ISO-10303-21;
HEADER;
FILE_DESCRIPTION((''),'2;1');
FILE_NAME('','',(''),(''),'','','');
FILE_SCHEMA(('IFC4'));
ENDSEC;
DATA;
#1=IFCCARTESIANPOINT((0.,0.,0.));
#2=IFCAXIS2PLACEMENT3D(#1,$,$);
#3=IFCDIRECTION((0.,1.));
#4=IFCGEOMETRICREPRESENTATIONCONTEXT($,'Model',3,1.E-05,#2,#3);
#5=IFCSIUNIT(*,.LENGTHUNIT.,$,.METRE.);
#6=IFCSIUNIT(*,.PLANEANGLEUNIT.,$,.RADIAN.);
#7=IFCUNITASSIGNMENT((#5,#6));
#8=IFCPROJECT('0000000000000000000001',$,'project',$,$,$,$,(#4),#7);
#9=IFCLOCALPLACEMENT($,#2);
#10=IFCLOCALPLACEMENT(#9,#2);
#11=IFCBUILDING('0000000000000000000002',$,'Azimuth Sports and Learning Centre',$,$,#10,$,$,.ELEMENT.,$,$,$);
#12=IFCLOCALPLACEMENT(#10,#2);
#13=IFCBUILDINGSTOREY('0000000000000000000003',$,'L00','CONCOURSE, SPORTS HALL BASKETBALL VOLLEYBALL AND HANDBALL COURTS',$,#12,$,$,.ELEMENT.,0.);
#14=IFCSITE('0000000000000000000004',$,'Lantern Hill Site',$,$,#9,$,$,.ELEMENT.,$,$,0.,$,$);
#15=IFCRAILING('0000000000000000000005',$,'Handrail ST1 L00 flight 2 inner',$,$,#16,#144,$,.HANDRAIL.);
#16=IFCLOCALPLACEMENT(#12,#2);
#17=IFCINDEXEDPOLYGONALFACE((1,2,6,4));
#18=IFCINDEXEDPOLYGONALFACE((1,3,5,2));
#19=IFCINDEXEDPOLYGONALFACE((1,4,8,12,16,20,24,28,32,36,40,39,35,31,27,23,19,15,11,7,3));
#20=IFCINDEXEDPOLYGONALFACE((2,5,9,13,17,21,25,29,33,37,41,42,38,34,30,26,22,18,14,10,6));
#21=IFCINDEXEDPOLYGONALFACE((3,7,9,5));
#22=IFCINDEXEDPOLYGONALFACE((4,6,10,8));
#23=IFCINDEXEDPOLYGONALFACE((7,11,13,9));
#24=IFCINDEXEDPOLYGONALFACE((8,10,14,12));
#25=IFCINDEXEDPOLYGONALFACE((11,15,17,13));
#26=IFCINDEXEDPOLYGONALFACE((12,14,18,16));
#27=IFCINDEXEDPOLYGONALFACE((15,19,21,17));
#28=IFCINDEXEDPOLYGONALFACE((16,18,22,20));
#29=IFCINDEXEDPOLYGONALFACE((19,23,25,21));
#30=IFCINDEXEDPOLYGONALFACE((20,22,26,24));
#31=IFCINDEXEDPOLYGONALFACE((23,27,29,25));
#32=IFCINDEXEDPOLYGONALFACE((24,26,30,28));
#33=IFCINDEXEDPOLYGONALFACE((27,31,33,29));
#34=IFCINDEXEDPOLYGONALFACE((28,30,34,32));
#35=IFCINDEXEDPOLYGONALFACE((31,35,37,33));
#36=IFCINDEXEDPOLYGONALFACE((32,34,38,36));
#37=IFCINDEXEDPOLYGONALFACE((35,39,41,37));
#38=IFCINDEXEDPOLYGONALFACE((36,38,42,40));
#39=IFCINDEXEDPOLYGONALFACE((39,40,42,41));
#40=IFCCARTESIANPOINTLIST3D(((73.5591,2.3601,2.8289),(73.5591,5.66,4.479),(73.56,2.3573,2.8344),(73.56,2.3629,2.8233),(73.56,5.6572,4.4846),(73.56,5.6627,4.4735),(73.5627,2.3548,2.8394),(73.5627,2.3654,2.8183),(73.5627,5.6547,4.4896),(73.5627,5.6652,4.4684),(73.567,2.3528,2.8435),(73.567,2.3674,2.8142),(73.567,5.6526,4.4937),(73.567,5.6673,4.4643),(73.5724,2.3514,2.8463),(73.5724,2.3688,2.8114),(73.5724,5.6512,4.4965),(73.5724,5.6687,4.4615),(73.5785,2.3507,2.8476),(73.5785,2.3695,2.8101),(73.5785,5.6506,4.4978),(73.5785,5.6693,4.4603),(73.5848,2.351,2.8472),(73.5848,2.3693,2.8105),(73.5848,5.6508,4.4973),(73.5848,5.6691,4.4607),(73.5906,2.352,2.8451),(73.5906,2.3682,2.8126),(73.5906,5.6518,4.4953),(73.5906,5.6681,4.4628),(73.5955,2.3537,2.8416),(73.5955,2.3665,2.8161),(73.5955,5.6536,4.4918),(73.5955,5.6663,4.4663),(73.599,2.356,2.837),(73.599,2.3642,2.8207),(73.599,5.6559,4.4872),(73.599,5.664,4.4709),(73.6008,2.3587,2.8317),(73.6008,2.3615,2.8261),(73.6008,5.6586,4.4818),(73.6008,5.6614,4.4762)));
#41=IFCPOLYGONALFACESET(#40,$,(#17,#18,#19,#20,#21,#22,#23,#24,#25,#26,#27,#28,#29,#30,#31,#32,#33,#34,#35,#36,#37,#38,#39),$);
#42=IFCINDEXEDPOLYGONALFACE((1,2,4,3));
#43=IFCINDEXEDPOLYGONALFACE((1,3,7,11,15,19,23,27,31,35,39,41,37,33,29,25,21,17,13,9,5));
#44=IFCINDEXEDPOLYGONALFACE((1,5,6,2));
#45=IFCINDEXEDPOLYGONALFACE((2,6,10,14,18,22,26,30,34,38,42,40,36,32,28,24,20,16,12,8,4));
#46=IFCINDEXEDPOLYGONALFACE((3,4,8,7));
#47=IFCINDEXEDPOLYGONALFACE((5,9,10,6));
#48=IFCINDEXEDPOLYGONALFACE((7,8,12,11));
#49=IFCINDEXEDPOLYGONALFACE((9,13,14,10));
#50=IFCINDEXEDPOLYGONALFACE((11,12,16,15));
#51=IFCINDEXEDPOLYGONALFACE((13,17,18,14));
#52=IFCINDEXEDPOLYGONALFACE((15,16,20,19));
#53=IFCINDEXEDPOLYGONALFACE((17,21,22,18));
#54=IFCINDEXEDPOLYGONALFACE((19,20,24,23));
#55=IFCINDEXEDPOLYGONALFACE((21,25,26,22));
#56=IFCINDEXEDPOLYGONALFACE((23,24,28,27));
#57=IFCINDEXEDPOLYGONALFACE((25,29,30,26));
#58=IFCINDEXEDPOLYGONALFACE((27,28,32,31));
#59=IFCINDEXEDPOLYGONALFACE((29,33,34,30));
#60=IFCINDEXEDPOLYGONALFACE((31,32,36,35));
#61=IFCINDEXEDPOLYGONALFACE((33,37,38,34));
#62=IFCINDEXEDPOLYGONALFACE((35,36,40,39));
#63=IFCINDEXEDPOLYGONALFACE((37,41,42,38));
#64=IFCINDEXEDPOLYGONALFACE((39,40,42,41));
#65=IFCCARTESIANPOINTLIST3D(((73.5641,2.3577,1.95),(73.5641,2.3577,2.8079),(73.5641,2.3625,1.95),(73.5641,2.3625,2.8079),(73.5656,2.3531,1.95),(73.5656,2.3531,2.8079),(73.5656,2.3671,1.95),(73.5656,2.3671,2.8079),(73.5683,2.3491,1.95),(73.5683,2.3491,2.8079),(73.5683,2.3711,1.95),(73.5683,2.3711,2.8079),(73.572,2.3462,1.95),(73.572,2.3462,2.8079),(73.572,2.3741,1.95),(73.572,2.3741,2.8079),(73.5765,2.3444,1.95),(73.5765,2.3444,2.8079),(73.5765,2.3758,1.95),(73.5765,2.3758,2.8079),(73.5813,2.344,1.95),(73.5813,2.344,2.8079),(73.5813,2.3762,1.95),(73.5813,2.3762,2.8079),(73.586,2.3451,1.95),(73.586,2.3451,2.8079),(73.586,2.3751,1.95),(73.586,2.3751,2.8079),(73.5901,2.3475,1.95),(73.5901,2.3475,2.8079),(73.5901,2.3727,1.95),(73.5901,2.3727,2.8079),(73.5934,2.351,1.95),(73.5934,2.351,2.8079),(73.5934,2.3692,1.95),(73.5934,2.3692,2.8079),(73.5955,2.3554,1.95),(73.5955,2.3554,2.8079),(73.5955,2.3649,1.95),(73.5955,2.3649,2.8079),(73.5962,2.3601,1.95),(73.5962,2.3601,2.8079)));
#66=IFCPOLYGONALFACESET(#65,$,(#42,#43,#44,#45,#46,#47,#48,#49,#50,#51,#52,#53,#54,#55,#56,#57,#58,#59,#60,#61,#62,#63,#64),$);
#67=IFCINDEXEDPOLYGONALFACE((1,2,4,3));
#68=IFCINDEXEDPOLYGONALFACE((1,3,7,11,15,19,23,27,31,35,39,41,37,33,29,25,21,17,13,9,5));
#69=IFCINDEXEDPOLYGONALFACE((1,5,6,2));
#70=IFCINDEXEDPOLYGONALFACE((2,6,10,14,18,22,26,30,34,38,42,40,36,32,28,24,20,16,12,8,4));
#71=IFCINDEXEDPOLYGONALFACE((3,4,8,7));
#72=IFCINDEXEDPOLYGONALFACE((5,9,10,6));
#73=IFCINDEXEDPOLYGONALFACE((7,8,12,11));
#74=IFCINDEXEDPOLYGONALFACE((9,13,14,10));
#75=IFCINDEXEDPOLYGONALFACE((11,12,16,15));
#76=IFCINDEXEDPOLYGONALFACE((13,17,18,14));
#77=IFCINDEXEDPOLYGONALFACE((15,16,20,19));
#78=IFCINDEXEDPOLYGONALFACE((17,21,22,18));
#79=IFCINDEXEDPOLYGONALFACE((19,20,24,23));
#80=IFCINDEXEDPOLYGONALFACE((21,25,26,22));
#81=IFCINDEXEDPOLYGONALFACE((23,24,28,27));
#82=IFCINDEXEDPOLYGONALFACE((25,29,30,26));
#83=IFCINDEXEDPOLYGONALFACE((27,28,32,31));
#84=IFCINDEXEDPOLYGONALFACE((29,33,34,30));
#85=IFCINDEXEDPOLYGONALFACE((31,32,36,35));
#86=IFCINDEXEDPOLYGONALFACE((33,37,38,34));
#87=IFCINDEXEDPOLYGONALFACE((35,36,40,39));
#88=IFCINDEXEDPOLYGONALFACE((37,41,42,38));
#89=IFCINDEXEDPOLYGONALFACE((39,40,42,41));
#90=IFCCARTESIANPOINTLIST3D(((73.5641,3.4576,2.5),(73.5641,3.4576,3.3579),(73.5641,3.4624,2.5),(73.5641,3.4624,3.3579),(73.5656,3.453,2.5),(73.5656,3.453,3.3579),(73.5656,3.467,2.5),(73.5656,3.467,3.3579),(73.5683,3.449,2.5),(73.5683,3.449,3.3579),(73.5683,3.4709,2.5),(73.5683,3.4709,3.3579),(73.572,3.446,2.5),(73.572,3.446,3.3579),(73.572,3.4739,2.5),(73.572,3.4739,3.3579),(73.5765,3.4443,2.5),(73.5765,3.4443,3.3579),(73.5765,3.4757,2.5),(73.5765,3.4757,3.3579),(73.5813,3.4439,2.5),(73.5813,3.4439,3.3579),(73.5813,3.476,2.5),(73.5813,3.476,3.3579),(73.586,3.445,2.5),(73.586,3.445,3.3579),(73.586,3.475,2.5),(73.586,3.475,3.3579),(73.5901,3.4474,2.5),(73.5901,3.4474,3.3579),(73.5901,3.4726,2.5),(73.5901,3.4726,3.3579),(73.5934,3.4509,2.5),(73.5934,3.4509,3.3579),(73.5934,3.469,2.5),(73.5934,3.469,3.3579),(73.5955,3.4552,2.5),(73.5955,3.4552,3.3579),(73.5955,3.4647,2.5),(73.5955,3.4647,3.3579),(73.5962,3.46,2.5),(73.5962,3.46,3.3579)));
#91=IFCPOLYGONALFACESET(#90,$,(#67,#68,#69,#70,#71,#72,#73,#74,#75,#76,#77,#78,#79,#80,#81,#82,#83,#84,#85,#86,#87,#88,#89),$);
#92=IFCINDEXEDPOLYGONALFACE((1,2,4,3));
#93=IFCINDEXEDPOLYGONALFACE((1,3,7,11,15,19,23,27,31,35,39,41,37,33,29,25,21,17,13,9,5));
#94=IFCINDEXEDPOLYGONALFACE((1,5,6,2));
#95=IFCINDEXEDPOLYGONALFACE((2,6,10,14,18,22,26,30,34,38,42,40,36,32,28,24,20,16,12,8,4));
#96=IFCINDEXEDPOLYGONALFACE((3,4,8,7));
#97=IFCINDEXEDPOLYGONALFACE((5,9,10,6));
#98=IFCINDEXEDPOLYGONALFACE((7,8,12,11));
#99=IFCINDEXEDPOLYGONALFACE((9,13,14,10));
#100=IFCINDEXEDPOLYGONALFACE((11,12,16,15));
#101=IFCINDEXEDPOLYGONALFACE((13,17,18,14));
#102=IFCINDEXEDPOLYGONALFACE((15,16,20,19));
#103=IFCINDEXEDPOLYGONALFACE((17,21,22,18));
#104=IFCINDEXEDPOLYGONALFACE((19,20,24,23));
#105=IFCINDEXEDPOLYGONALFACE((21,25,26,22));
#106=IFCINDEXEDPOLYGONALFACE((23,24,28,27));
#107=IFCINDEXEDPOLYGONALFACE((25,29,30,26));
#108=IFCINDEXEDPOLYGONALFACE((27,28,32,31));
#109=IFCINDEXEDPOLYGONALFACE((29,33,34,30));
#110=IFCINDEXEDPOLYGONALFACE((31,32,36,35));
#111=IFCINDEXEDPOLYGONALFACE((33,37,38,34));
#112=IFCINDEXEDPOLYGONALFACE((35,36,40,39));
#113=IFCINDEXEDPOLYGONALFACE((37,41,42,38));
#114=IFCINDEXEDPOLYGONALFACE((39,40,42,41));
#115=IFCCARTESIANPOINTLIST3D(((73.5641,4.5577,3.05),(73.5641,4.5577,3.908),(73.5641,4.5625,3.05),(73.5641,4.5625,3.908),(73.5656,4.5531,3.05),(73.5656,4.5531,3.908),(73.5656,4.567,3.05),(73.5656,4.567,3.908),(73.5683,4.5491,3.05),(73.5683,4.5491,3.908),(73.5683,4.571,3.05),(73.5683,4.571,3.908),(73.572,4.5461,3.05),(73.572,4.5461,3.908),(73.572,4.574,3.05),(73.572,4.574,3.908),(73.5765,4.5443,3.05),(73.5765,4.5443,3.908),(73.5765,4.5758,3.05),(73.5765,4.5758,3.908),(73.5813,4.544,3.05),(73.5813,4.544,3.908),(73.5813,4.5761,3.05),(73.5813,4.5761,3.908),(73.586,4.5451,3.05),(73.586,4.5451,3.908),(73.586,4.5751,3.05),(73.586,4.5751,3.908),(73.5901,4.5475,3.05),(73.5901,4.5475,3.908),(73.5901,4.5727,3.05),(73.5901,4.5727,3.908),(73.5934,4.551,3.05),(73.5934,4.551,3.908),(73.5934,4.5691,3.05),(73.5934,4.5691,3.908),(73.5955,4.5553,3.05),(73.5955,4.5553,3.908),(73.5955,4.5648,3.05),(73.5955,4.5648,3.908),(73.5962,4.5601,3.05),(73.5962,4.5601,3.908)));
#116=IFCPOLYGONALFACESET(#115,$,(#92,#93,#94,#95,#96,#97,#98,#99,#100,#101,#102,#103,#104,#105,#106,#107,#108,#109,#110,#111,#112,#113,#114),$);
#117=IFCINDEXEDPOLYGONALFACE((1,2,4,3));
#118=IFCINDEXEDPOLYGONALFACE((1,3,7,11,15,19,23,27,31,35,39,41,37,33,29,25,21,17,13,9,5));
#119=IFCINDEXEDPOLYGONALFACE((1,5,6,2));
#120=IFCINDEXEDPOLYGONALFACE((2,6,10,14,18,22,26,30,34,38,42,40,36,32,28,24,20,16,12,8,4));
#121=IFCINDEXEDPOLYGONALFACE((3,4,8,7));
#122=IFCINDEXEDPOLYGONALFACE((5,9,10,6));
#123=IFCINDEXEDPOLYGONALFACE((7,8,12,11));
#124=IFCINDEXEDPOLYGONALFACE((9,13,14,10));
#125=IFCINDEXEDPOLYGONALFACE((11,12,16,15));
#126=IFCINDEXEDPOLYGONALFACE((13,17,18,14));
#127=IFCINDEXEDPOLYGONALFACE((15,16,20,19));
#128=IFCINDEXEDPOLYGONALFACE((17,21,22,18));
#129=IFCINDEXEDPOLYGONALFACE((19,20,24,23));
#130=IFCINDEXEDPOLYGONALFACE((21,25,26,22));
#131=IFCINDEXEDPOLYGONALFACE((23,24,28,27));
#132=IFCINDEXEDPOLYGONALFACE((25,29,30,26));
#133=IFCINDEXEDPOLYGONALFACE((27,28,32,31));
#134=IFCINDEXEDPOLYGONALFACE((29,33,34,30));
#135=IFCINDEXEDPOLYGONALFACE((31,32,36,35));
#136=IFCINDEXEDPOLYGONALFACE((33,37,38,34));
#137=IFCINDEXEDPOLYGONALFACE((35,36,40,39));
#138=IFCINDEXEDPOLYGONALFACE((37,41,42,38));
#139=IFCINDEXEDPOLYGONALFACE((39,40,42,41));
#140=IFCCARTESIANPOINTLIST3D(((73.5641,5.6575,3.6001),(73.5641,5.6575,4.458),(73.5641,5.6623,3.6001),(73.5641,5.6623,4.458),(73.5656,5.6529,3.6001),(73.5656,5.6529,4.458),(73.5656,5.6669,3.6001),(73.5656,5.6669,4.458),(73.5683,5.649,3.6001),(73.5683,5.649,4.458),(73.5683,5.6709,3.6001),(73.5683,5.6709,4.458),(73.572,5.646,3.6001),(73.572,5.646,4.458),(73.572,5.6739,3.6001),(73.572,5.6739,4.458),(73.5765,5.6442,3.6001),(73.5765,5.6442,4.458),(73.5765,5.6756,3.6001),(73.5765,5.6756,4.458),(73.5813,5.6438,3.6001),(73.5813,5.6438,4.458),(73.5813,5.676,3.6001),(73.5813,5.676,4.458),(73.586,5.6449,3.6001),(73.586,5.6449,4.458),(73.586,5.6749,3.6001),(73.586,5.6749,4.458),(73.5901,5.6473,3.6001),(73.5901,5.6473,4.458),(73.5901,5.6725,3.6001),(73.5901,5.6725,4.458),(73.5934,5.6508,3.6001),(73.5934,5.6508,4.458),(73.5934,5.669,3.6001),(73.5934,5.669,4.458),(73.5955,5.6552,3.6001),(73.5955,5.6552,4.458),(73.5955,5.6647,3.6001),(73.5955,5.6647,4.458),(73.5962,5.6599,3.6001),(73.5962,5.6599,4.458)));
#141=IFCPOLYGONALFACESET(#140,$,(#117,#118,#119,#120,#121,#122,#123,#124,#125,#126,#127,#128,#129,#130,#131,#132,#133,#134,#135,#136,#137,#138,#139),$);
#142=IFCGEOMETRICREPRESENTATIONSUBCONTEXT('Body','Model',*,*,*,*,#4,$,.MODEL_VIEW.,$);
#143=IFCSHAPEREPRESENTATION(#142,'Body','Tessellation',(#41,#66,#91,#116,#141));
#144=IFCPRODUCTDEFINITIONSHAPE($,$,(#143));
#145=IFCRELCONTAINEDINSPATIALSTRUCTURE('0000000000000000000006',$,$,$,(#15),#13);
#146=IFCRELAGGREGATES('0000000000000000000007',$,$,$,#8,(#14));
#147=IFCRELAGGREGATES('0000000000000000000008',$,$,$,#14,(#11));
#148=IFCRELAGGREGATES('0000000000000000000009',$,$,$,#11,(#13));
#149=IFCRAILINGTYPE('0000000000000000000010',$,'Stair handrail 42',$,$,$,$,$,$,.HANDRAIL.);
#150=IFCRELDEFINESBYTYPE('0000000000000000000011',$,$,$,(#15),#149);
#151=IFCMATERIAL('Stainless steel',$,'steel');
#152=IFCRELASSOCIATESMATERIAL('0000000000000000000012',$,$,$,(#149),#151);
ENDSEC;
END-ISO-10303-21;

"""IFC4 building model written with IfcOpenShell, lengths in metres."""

from ifc_helpers import new_model, si_unit, direction, frame, origin, origin_2d, place, context, subcontext, project, spatial, circle, extrude, material, type_object, element, save


model = new_model("IFC4")

# Units and contexts
model_context = context("Model", 3, precision=1e-05, world=origin(), true_north=direction((0.0, 1.0)))
body_context = subcontext(model_context, "Body", "Model", "MODEL_VIEW")
ifc_project = project(units=[si_unit("LENGTHUNIT", "METRE"), si_unit("PLANEANGLEUNIT", "RADIAN")], contexts=[model_context])

# Site, building, storey
site_placement = place(None, origin())
site = spatial("IfcSite", under=ifc_project, at=site_placement, Name="Lantern Hill Site", CompositionType="ELEMENT", RefElevation=0.0)
building_placement = place(site_placement, origin())
building = spatial("IfcBuilding", under=site, at=building_placement, Name="Azimuth Sports and Learning Centre", CompositionType="ELEMENT")
storey_placement = place(building_placement, origin())
storey = spatial("IfcBuildingStorey", under=building, at=storey_placement, Name="L00", Description="CONCOURSE, SPORTS HALL BASKETBALL VOLLEYBALL AND HANDBALL COURTS", CompositionType="ELEMENT", Elevation=0.0)

# Railing
ifc_material_1 = material(Name="Stainless steel", Category="steel")
railing_type_1 = type_object("IfcRailingType", Name="Stair handrail 42", PredefinedType="HANDRAIL", material=ifc_material_1)
for number, where, name in (
    (1, (73.5801, 2.3601, 1.95), "Handrail ST1 L00 flight 2 inner"),
):
    element("IfcRailing", number, at=place(storey_placement, frame(where)), inside=storey, type_object=railing_type_1, Name=name, PredefinedType="HANDRAIL", context=body_context, shape_type="SweptSolid", body=[
        extrude(circle(Radius=0.021, at=origin_2d()), frame((0.0, 0.0, 0.8789), z_axis=(0.0, 0.894401, 0.447267), x_axis=(-1.0, 0.0, 0.0)), (0.0, 0.0, 1.0), 3.6895),
        extrude(circle(Radius=0.0161, at=origin_2d()), origin(), (0.0, 0.0, 1.0), 0.8579),
        extrude(circle(Radius=0.0161, at=origin_2d()), frame((0.0, 1.0999, 0.55)), (0.0, 0.0, 1.0), 0.8579),
        extrude(circle(Radius=0.0161, at=origin_2d()), frame((0.0, 2.2, 1.1001)), (0.0, 0.0, 1.0), 0.8579),
        extrude(circle(Radius=0.0161, at=origin_2d()), frame((0.0, 3.2998, 1.6501)), (0.0, 0.0, 1.0), 0.8579),
    ])

save(model, "model.ifc")
